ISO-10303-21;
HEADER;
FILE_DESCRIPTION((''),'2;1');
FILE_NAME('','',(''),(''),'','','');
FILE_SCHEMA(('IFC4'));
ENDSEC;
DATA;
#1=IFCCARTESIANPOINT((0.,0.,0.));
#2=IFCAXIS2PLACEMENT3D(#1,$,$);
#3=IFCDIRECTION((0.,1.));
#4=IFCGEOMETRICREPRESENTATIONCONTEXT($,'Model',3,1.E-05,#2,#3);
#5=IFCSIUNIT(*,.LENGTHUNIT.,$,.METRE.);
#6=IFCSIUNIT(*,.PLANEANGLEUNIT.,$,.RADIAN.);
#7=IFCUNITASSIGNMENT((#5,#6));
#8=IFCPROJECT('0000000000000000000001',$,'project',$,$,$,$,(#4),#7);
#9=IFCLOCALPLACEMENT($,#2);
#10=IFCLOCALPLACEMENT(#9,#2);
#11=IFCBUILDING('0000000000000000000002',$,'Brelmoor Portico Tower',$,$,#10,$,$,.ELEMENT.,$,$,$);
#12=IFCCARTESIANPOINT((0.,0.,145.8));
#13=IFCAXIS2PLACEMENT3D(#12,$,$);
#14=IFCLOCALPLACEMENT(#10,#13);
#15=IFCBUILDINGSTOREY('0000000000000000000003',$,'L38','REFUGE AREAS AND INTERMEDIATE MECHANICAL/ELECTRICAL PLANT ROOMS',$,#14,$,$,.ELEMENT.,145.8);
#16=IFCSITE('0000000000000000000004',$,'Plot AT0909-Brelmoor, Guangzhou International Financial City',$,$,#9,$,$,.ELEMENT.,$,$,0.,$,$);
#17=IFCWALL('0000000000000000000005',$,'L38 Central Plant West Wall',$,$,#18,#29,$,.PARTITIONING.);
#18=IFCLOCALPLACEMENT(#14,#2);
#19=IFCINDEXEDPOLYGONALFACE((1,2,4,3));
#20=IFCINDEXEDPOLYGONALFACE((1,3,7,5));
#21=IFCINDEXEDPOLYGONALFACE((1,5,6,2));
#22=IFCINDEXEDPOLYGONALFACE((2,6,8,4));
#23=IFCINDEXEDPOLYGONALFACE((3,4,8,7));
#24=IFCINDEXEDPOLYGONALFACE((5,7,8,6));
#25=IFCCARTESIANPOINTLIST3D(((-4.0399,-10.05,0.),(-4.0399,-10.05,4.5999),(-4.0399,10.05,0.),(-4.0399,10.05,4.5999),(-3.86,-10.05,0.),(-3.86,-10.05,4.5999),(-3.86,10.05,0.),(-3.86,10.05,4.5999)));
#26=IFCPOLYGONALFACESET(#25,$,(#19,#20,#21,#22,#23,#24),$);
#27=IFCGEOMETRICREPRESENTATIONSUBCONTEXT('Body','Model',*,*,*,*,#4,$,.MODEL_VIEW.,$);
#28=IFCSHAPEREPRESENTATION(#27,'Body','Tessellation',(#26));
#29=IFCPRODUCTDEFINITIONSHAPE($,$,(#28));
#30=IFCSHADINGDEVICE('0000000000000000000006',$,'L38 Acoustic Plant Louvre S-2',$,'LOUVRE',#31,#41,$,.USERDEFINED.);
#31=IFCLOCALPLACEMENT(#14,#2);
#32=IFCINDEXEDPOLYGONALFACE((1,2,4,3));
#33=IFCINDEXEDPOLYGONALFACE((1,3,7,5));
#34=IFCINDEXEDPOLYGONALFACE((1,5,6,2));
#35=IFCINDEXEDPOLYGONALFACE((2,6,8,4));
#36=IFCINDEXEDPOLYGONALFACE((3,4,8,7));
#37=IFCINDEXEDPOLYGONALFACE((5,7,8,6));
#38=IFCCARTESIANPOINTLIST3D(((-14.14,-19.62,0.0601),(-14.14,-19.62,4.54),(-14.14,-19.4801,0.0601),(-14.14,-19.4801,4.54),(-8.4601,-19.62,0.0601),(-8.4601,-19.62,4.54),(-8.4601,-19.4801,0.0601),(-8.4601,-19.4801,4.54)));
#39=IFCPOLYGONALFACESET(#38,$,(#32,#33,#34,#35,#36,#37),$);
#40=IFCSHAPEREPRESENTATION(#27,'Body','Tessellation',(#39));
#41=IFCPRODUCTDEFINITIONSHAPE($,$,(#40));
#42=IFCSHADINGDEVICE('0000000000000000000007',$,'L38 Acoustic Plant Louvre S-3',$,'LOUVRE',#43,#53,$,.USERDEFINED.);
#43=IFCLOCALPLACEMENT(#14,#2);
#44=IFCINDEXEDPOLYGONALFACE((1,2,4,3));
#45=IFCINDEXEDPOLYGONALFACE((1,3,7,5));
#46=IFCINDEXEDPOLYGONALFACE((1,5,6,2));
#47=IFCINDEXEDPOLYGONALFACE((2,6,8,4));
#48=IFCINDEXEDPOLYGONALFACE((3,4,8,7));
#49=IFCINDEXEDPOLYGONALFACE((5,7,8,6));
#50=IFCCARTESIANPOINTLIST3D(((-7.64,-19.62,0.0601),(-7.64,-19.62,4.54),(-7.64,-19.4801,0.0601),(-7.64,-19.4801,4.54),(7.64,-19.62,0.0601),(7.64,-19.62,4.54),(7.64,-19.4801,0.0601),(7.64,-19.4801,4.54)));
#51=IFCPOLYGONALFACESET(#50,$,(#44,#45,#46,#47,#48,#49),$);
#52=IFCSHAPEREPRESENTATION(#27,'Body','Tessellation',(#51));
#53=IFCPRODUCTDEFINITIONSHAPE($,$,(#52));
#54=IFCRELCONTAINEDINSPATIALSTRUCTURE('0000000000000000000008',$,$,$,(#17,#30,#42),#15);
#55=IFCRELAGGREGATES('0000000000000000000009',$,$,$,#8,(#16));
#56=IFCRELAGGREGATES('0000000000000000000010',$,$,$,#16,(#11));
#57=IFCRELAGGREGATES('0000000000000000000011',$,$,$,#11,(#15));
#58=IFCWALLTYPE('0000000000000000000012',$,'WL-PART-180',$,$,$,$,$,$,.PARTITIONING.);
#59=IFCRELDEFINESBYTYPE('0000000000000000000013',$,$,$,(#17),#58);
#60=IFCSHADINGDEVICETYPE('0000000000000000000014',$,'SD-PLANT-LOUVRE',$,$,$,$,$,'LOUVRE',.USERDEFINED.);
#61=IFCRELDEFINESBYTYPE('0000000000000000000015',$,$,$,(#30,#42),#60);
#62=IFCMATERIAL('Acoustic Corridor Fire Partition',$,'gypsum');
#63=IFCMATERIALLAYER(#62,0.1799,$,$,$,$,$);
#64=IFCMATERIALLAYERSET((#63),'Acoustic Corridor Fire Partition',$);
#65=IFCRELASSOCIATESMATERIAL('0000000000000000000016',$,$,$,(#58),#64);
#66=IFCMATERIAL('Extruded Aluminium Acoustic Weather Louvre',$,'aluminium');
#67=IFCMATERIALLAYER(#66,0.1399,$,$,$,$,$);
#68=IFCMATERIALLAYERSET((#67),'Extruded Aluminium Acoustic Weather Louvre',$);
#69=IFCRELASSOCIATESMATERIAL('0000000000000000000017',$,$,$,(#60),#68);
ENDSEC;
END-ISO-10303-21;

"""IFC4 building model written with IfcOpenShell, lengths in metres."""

from ifc_helpers import new_model, si_unit, direction, frame, frame_2d, origin, origin_2d, place, context, subcontext, project, spatial, rectangle, extrude, material, layer, layer_set, type_object, element, save


model = new_model("IFC4")

# Units and contexts
model_context = context("Model", 3, precision=1e-05, world=origin(), true_north=direction((0.0, 1.0)))
body_context = subcontext(model_context, "Body", "Model", "MODEL_VIEW")
ifc_project = project(units=[si_unit("LENGTHUNIT", "METRE"), si_unit("PLANEANGLEUNIT", "RADIAN")], contexts=[model_context])

# Site, building, storey
site_placement = place(None, origin())
site = spatial("IfcSite", under=ifc_project, at=site_placement, Name="Plot AT0909-Brelmoor, Guangzhou International Financial City", CompositionType="ELEMENT", RefElevation=0.0)
building_placement = place(site_placement, origin())
building = spatial("IfcBuilding", under=site, at=building_placement, Name="Brelmoor Portico Tower", CompositionType="ELEMENT")
storey_placement = place(building_placement, frame((0.0, 0.0, 145.8)))
storey = spatial("IfcBuildingStorey", under=building, at=storey_placement, Name="L38", Description="REFUGE AREAS AND INTERMEDIATE MECHANICAL/ELECTRICAL PLANT ROOMS", CompositionType="ELEMENT", Elevation=145.8)

# Wall
ifc_material_1 = material(Name="Acoustic Corridor Fire Partition", Category="gypsum")
ifc_layer_1 = layer(ifc_material_1, 0.1799)
ifc_layer_set_1 = layer_set([ifc_layer_1], Name="Acoustic Corridor Fire Partition")
wall_type_1 = type_object("IfcWallType", Name="WL-PART-180", PredefinedType="PARTITIONING", material=ifc_layer_set_1)
wall_1_placement = place(storey_placement, frame((-3.95, -10.05, 0.0), z_axis=(0.0, 0.0, 1.0), x_axis=(0.0, 1.0, 0.0)))
element("IfcWall", 1, at=wall_1_placement, inside=storey, type_object=wall_type_1, Name="L38 Central Plant West Wall", PredefinedType="PARTITIONING", context=body_context, shape_type="SweptSolid", body=[
    extrude(rectangle(XDim=20.1001, YDim=0.1799, at=frame_2d((10.05, 0.0))), origin(), (0.0, 0.0, 1.0), 4.5999),
])

# Shading devices
ifc_material_2 = material(Name="Extruded Aluminium Acoustic Weather Louvre", Category="aluminium")
ifc_layer_2 = layer(ifc_material_2, 0.1399)
ifc_layer_set_2 = layer_set([ifc_layer_2], Name="Extruded Aluminium Acoustic Weather Louvre")
shading_device_type = type_object("IfcShadingDeviceType", Name="SD-PLANT-LOUVRE", ElementType="LOUVRE", PredefinedType="USERDEFINED", material=ifc_layer_set_2)
shading_device_1_placement = place(storey_placement, frame((-11.3, -19.55, 0.0601), z_axis=(0.0, 0.0, 1.0), x_axis=(1.0, 0.0, 0.0)))
element("IfcShadingDevice", 2, at=shading_device_1_placement, inside=storey, type_object=shading_device_type, Name="L38 Acoustic Plant Louvre S-2", ObjectType="LOUVRE", PredefinedType="USERDEFINED", context=body_context, shape_type="SweptSolid", body=[
    extrude(rectangle(XDim=5.6799, YDim=0.1399, at=origin_2d()), origin(), (0.0, 0.0, 1.0), 4.48),
])
shading_device_2_placement = place(storey_placement, frame((0.0, -19.55, 0.0601), z_axis=(0.0, 0.0, 1.0), x_axis=(1.0, 0.0, 0.0)))
element("IfcShadingDevice", 3, at=shading_device_2_placement, inside=storey, type_object=shading_device_type, Name="L38 Acoustic Plant Louvre S-3", ObjectType="LOUVRE", PredefinedType="USERDEFINED", context=body_context, shape_type="SweptSolid", body=[
    extrude(rectangle(XDim=15.28, YDim=0.1399, at=origin_2d()), origin(), (0.0, 0.0, 1.0), 4.48),
])

save(model, "model.ifc")
